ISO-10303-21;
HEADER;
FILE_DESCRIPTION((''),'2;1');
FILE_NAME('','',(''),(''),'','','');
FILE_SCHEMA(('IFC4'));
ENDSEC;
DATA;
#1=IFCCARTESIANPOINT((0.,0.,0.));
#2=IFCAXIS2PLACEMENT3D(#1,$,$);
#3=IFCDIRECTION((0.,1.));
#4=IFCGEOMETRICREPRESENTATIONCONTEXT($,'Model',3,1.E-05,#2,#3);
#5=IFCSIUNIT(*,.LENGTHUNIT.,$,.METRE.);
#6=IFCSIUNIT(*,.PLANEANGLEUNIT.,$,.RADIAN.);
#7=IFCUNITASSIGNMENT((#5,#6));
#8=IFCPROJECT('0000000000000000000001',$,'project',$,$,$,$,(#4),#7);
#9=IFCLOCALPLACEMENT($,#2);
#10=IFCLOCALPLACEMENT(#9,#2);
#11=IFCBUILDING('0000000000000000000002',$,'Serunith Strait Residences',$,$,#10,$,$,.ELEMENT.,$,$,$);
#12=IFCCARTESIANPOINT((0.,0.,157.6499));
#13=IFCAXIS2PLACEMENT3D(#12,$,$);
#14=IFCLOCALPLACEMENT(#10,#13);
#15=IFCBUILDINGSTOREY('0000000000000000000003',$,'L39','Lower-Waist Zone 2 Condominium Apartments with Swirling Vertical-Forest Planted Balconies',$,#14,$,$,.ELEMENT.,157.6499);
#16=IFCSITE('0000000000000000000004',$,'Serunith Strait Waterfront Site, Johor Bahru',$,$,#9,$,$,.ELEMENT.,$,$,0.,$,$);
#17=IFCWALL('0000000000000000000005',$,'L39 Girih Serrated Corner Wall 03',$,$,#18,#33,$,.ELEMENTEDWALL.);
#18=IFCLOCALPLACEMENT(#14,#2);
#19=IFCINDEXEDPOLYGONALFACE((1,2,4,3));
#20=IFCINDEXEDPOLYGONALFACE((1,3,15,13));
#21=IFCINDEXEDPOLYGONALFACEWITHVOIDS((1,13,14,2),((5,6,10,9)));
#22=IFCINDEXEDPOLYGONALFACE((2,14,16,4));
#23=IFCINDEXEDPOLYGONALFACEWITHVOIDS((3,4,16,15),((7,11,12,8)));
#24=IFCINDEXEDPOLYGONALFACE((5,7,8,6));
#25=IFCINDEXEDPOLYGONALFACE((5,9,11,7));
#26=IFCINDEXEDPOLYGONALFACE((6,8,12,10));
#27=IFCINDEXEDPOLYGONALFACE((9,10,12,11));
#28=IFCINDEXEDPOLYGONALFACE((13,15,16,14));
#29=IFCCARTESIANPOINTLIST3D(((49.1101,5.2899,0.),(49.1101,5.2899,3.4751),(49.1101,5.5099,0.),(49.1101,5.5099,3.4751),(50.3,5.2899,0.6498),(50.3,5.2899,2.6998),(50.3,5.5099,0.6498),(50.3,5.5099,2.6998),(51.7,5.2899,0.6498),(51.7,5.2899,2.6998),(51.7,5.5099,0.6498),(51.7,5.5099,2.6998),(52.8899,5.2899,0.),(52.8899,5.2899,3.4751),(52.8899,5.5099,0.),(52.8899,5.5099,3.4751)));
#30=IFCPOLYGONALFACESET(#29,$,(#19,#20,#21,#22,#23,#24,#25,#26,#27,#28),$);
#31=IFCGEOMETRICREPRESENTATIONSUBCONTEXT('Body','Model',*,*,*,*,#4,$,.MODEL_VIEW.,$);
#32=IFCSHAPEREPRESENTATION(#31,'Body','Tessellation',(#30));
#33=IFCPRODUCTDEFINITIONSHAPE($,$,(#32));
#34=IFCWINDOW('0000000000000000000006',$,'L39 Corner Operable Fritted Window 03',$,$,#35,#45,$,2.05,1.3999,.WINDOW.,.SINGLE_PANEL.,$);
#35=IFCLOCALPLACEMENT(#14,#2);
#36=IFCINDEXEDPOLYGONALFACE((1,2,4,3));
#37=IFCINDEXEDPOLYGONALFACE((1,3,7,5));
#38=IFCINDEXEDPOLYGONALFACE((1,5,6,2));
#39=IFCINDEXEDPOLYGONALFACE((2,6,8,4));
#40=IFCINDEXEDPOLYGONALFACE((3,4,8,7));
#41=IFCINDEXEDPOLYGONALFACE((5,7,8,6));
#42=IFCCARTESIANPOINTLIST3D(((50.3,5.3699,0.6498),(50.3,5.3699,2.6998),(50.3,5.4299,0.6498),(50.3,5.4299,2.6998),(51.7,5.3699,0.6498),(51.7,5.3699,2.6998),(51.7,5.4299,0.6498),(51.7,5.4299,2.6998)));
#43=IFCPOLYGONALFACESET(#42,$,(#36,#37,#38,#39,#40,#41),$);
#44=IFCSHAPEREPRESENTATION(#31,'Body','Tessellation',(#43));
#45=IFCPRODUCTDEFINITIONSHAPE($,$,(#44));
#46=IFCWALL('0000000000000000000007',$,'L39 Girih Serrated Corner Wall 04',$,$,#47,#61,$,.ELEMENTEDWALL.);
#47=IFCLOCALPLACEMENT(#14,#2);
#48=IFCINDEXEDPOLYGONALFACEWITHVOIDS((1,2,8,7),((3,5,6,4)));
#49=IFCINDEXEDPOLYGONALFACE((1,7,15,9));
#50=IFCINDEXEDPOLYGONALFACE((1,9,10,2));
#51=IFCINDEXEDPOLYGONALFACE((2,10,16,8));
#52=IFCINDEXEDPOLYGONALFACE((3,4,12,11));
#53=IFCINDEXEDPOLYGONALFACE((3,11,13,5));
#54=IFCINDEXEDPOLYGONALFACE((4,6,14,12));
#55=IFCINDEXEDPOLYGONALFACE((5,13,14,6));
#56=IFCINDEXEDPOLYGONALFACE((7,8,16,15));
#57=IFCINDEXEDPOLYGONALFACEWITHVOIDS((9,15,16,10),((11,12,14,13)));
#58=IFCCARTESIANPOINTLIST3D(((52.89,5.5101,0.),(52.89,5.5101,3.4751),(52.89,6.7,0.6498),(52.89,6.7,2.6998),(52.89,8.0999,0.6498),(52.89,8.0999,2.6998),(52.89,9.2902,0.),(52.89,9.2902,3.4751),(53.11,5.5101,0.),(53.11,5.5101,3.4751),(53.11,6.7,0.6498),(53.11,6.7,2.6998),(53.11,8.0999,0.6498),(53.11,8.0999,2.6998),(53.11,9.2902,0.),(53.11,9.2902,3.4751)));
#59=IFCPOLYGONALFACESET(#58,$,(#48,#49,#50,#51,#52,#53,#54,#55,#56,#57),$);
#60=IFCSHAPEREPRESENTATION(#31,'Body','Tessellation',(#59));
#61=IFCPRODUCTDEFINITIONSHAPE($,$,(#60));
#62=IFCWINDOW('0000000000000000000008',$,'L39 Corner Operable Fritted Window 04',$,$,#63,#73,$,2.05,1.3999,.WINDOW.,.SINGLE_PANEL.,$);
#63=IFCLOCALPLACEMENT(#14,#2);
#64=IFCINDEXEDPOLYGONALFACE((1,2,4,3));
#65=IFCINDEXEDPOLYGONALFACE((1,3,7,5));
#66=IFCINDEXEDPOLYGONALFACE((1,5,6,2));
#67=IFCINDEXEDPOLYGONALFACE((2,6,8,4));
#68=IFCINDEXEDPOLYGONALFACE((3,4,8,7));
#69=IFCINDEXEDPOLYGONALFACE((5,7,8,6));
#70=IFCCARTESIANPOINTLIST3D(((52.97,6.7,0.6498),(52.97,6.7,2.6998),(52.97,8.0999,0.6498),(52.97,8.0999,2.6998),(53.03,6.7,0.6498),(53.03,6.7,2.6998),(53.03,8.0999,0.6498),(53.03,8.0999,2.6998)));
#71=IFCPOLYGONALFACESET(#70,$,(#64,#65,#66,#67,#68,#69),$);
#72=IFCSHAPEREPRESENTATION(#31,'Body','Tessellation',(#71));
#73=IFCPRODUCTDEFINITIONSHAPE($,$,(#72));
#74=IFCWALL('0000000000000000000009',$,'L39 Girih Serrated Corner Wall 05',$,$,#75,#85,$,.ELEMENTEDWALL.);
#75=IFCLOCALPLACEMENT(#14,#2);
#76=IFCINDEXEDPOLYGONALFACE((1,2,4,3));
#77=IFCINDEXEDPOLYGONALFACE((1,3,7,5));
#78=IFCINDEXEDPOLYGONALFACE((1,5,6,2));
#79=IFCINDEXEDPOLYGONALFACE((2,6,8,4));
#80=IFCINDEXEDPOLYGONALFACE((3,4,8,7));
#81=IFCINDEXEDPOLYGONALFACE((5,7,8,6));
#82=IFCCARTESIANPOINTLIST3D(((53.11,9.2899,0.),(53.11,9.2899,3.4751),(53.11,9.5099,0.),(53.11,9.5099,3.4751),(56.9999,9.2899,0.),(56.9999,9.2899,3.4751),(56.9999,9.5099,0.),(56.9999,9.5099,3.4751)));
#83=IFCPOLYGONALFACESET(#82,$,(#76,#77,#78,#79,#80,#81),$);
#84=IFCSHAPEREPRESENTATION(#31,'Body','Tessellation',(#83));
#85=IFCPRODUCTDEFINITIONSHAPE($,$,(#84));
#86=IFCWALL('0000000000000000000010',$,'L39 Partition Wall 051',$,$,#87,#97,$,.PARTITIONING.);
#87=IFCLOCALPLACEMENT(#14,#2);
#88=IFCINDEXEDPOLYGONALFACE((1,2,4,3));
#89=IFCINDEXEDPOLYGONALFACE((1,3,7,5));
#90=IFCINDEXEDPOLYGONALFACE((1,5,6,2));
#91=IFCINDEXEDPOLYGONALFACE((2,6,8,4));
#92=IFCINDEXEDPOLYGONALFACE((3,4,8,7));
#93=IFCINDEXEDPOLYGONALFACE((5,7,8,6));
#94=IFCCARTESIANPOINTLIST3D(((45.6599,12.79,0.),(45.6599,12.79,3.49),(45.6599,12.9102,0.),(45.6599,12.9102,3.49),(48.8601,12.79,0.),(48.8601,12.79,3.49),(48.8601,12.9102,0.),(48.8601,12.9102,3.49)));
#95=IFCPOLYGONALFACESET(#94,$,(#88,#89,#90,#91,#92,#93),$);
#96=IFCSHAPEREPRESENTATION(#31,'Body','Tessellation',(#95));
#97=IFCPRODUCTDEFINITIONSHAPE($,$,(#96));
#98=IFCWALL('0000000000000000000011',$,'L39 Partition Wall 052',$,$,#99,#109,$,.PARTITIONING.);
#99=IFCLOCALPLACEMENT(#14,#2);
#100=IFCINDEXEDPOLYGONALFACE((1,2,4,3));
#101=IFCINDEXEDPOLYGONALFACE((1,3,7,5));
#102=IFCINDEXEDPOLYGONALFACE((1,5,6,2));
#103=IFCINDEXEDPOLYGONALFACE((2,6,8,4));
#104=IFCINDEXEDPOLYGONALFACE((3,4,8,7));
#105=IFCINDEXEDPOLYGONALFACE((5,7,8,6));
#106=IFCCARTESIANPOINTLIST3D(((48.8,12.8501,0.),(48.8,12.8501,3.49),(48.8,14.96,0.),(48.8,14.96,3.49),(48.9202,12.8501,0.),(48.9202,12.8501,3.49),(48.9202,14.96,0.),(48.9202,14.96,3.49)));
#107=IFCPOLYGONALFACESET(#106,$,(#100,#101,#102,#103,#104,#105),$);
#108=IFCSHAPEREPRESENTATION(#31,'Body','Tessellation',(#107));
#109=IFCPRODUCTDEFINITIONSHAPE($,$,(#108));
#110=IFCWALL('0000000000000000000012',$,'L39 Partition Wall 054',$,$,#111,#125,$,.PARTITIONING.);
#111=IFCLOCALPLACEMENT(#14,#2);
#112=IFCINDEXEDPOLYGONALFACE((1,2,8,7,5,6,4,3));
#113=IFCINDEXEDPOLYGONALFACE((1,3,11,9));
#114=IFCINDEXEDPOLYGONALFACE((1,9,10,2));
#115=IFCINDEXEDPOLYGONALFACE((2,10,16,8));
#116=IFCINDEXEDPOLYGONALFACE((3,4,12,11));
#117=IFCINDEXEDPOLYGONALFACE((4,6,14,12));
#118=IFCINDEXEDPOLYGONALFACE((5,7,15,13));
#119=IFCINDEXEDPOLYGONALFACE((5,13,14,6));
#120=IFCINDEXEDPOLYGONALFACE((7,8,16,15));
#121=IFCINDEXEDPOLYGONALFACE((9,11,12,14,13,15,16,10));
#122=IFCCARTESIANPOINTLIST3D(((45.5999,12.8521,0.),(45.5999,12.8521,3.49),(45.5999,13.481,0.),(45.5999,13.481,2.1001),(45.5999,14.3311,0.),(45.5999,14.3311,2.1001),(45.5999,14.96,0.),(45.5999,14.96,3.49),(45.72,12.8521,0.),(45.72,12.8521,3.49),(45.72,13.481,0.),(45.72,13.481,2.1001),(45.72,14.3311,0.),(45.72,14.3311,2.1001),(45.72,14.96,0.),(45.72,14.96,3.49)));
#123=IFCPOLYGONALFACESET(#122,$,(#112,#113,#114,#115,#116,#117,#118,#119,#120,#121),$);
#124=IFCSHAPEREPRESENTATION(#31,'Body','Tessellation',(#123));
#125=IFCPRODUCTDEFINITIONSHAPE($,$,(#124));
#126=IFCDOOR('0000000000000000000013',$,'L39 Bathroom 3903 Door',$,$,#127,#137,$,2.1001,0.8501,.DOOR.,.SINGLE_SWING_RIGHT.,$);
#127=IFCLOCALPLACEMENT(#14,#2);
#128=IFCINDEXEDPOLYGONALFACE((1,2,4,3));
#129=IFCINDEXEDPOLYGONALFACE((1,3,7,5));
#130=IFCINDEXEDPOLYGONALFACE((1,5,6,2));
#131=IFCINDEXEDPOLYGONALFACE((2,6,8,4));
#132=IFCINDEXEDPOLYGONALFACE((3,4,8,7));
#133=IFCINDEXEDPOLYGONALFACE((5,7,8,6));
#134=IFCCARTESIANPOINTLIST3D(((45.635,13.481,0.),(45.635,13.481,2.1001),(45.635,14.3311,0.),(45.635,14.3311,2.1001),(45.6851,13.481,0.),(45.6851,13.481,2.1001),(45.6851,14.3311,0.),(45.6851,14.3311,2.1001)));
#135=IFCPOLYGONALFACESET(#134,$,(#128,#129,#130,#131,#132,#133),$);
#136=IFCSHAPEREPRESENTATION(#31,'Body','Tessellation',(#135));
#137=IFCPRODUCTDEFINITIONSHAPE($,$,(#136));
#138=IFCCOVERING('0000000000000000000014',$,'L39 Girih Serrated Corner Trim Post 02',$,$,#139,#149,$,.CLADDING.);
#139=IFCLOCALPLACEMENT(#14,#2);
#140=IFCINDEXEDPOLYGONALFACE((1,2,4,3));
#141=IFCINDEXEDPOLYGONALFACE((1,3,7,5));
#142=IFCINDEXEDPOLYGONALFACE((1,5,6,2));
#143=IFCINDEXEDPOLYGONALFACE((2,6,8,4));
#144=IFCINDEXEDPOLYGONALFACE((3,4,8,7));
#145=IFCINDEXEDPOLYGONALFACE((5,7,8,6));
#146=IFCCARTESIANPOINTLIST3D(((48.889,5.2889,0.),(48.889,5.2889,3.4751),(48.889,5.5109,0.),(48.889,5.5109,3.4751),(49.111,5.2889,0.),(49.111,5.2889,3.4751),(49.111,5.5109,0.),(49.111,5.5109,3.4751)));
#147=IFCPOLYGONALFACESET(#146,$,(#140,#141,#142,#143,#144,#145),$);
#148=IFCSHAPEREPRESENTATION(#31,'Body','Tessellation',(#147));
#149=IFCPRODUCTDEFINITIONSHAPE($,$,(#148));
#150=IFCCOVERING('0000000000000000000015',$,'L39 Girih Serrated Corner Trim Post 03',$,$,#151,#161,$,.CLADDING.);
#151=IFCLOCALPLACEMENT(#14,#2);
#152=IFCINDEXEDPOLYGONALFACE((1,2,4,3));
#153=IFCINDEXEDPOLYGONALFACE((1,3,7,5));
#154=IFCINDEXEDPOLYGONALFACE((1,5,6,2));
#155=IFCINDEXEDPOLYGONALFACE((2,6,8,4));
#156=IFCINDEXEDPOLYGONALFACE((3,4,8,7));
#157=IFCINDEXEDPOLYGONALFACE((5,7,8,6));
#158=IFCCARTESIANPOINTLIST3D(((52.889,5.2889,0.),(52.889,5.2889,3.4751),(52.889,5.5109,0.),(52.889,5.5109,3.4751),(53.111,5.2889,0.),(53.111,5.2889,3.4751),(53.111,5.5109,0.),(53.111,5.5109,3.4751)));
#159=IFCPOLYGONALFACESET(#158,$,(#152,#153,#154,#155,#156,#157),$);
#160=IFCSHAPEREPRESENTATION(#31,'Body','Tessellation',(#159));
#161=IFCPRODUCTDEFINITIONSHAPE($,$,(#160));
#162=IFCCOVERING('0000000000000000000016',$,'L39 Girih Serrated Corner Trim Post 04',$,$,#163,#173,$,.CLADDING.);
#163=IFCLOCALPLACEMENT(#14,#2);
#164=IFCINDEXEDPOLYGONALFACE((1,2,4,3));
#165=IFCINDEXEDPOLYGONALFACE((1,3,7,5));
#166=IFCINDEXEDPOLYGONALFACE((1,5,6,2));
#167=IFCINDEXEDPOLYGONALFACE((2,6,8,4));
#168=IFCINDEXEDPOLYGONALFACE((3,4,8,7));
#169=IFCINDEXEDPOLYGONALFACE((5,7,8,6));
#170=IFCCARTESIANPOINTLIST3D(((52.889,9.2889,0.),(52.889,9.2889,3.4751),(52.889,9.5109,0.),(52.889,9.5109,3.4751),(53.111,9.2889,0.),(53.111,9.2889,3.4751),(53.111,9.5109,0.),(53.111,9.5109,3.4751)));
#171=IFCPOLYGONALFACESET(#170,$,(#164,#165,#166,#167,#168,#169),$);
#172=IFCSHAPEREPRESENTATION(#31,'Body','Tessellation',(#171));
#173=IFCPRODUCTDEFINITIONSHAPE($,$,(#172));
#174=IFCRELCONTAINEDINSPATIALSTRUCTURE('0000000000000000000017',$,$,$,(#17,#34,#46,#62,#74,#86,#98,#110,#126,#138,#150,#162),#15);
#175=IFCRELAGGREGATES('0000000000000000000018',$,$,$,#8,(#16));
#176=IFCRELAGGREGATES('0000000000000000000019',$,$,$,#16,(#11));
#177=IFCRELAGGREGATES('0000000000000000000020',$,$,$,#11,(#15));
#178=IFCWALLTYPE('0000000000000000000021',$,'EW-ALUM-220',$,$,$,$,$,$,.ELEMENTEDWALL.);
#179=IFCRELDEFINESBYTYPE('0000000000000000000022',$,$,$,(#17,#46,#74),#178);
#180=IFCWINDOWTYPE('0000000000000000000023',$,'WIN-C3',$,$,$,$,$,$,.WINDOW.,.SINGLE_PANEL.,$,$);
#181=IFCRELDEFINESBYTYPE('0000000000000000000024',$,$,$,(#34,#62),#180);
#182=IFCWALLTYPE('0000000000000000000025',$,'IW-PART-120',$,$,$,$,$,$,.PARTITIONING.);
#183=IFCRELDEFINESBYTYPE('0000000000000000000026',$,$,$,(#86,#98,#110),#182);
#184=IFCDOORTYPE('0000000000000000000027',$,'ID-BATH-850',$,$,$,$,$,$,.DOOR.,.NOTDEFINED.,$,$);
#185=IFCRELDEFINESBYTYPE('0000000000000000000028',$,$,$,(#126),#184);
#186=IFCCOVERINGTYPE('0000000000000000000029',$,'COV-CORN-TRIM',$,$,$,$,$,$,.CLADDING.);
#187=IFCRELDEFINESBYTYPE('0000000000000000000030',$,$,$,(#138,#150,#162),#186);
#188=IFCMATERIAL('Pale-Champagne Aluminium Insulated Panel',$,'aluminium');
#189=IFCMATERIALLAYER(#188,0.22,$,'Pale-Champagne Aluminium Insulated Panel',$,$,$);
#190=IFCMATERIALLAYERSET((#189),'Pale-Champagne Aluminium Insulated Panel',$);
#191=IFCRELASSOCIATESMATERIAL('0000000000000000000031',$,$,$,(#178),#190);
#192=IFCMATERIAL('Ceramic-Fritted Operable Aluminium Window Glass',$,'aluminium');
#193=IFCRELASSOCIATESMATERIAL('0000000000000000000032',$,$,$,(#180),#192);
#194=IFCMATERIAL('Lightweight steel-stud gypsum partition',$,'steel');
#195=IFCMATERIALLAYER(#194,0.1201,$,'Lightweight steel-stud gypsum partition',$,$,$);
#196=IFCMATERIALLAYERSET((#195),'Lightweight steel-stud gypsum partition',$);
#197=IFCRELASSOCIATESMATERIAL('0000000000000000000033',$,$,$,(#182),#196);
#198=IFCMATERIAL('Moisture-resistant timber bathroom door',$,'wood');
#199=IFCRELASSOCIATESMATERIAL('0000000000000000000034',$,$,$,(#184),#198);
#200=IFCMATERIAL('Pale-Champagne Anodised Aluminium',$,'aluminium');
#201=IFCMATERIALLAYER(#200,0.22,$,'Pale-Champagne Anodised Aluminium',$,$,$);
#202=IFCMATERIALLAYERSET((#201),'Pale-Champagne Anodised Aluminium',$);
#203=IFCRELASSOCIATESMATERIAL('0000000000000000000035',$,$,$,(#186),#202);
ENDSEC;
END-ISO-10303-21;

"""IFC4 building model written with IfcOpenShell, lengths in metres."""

from ifc_helpers import new_model, si_unit, direction, frame, frame_2d, origin, origin_2d, place, context, subcontext, project, spatial, rectangle, extrude, source, transform, mapped, material, layer, layer_set, type_object, element, fill, save


model = new_model("IFC4")

# Units and contexts
model_context = context("Model", 3, precision=1e-05, world=origin(), true_north=direction((0.0, 1.0)))
body_context = subcontext(model_context, "Body", "Model", "MODEL_VIEW")
ifc_project = project(units=[si_unit("LENGTHUNIT", "METRE"), si_unit("PLANEANGLEUNIT", "RADIAN")], contexts=[model_context])

# Site, building, storey
site_placement = place(None, origin())
site = spatial("IfcSite", under=ifc_project, at=site_placement, Name="Serunith Strait Waterfront Site, Johor Bahru", CompositionType="ELEMENT", RefElevation=0.0)
building_placement = place(site_placement, origin())
building = spatial("IfcBuilding", under=site, at=building_placement, Name="Serunith Strait Residences", CompositionType="ELEMENT")
storey_placement = place(building_placement, frame((0.0, 0.0, 157.6499)))
storey = spatial("IfcBuildingStorey", under=building, at=storey_placement, Name="L39", Description="Lower-Waist Zone 2 Condominium Apartments with Swirling Vertical-Forest Planted Balconies", CompositionType="ELEMENT", Elevation=157.6499)

# Shared definitions
ifc_material_1 = material(Name="Pale-Champagne Anodised Aluminium", Category="aluminium")

# Walls, openings, windows
ifc_material_2 = material(Name="Pale-Champagne Aluminium Insulated Panel", Category="aluminium")
ifc_layer_1 = layer(ifc_material_2, 0.22, Name="Pale-Champagne Aluminium Insulated Panel")
ifc_layer_set_1 = layer_set([ifc_layer_1], Name="Pale-Champagne Aluminium Insulated Panel")
wall_type_1 = type_object("IfcWallType", Name="EW-ALUM-220", PredefinedType="ELEMENTEDWALL", material=ifc_layer_set_1)
ifc_material_3 = material(Name="Ceramic-Fritted Operable Aluminium Window Glass", Category="aluminium")
window_type = type_object("IfcWindowType", Name="WIN-C3", PartitioningType="SINGLE_PANEL", PredefinedType="WINDOW", material=ifc_material_3)
shared_shape_1 = source(origin(), body_context, "Body", "SweptSolid", [
    extrude(rectangle(XDim=1.3999, YDim=2.05, at=frame_2d((0.7, 1.0249))), frame((0.0, 0.03, 0.0), z_axis=(0.0, -1.0, 0.0), x_axis=(1.0, 0.0, 0.0)), (0.0, 0.0, 1.0), 0.0601),
])
wall_1_placement = place(storey_placement, frame((49.1101, 5.3999, 0.0), z_axis=(0.0, 0.0, 1.0), x_axis=(1.0, 0.0, 0.0)))
wall_1 = element("IfcWall", 1, at=wall_1_placement, inside=storey, type_object=wall_type_1, Name="L39 Girih Serrated Corner Wall 03", PredefinedType="ELEMENTEDWALL", context=body_context, shape_type="SweptSolid", body=[
    extrude(rectangle(XDim=3.7798, YDim=0.22, at=frame_2d((1.8899, 0.0))), origin(), (0.0, 0.0, 1.0), 3.4751),
])
opening_1_placement = place(wall_1_placement, frame((1.1899, 0.0, 0.6499)))
opening_1 = element("IfcOpeningElement", 2, at=opening_1_placement, cuts=wall_1, PredefinedType="OPENING", context=body_context, shape_type="SweptSolid", body=[
    extrude(rectangle(XDim=1.3999, YDim=2.05, at=frame_2d((0.7, 1.0249))), frame((0.0, 0.1201, 0.0), z_axis=(0.0, -1.0, 0.0), x_axis=(1.0, 0.0, 0.0)), (0.0, 0.0, 1.0), 0.24),
])
window_1_placement = place(opening_1_placement, origin())
window_1 = element("IfcWindow", 3, at=window_1_placement, inside=storey, type_object=window_type, Name="L39 Corner Operable Fritted Window 03", OverallHeight=2.05, OverallWidth=1.3999, PartitioningType="SINGLE_PANEL", PredefinedType="WINDOW", context=body_context, shape_type="MappedRepresentation", body=[
    mapped(shared_shape_1, transform((0.0, 0.0, 0.0), scale=1.0)),
])
fill(opening_1, window_1)
wall_2_placement = place(storey_placement, frame((53.0, 5.51, 0.0), z_axis=(0.0, 0.0, 1.0), x_axis=(0.0, 1.0, 0.0)))
wall_2 = element("IfcWall", 4, at=wall_2_placement, inside=storey, type_object=wall_type_1, Name="L39 Girih Serrated Corner Wall 04", PredefinedType="ELEMENTEDWALL", context=body_context, shape_type="SweptSolid", body=[
    extrude(rectangle(XDim=3.78, YDim=0.22, at=frame_2d((1.8901, 0.0))), origin(), (0.0, 0.0, 1.0), 3.4751),
])
opening_2_placement = place(wall_2_placement, frame((1.1899, 0.0, 0.6499)))
opening_2 = element("IfcOpeningElement", 5, at=opening_2_placement, cuts=wall_2, PredefinedType="OPENING", context=body_context, shape_type="SweptSolid", body=[
    extrude(rectangle(XDim=1.3999, YDim=2.05, at=frame_2d((0.7, 1.0249))), frame((0.0, 0.1201, 0.0), z_axis=(0.0, -1.0, 0.0), x_axis=(1.0, 0.0, 0.0)), (0.0, 0.0, 1.0), 0.24),
])
window_2_placement = place(opening_2_placement, origin())
window_2 = element("IfcWindow", 6, at=window_2_placement, inside=storey, type_object=window_type, Name="L39 Corner Operable Fritted Window 04", OverallHeight=2.05, OverallWidth=1.3999, PartitioningType="SINGLE_PANEL", PredefinedType="WINDOW", context=body_context, shape_type="MappedRepresentation", body=[
    mapped(shared_shape_1, transform((0.0, 0.0, 0.0), scale=1.0)),
])
fill(opening_2, window_2)

# Walls
wall_3_placement = place(storey_placement, frame((53.1101, 9.3999, 0.0), z_axis=(0.0, 0.0, 1.0), x_axis=(1.0, 0.0, 0.0)))
element("IfcWall", 7, at=wall_3_placement, inside=storey, type_object=wall_type_1, Name="L39 Girih Serrated Corner Wall 05", PredefinedType="ELEMENTEDWALL", context=body_context, shape_type="SweptSolid", body=[
    extrude(rectangle(XDim=3.8899, YDim=0.22, at=frame_2d((1.9448, 0.0))), origin(), (0.0, 0.0, 1.0), 3.4751),
])
ifc_material_4 = material(Name="Lightweight steel-stud gypsum partition", Category="steel")
ifc_layer_2 = layer(ifc_material_4, 0.1201, Name="Lightweight steel-stud gypsum partition")
ifc_layer_set_2 = layer_set([ifc_layer_2], Name="Lightweight steel-stud gypsum partition")
wall_type_2 = type_object("IfcWallType", Name="IW-PART-120", PredefinedType="PARTITIONING", material=ifc_layer_set_2)
wall_4_placement = place(storey_placement, frame((45.6599, 12.8501, 0.0), z_axis=(0.0, 0.0, 1.0), x_axis=(1.0, 0.0, 0.0)))
element("IfcWall", 8, at=wall_4_placement, inside=storey, type_object=wall_type_2, Name="L39 Partition Wall 051", PredefinedType="PARTITIONING", context=body_context, shape_type="SweptSolid", body=[
    extrude(rectangle(XDim=3.2002, YDim=0.1201, at=frame_2d((1.6001, 0.0))), origin(), (0.0, 0.0, 1.0), 3.49),
])
wall_5_placement = place(storey_placement, frame((48.8601, 12.8501, 0.0), z_axis=(0.0, 0.0, 1.0), x_axis=(0.0, 1.0, 0.0)))
element("IfcWall", 9, at=wall_5_placement, inside=storey, type_object=wall_type_2, Name="L39 Partition Wall 052", PredefinedType="PARTITIONING", context=body_context, shape_type="SweptSolid", body=[
    extrude(rectangle(XDim=2.1099, YDim=0.1201, at=frame_2d((1.0549, 0.0))), origin(), (0.0, 0.0, 1.0), 3.49),
])

# Wall, opening, door
wall_6_placement = place(storey_placement, frame((45.6599, 12.8521, 0.0), z_axis=(0.0, 0.0, 1.0), x_axis=(0.0, 1.0, 0.0)))
wall_6 = element("IfcWall", 10, at=wall_6_placement, inside=storey, type_object=wall_type_2, Name="L39 Partition Wall 054", PredefinedType="PARTITIONING", context=body_context, shape_type="SweptSolid", body=[
    extrude(rectangle(XDim=2.1079, YDim=0.1201, at=frame_2d((1.054, 0.0))), origin(), (0.0, 0.0, 1.0), 3.49),
])
opening_3_placement = place(wall_6_placement, frame((0.6289, 0.0, 0.0)))
opening_3 = element("IfcOpeningElement", 11, at=opening_3_placement, cuts=wall_6, PredefinedType="OPENING", context=body_context, shape_type="SweptSolid", body=[
    extrude(rectangle(XDim=0.8501, YDim=2.1001, at=frame_2d((0.425, 1.05))), frame((0.0, 0.0701, 0.0), z_axis=(0.0, -1.0, 0.0), x_axis=(1.0, 0.0, 0.0)), (0.0, 0.0, 1.0), 0.1401),
])
ifc_material_5 = material(Name="Moisture-resistant timber bathroom door", Category="wood")
door_type = type_object("IfcDoorType", Name="ID-BATH-850", OperationType="NOTDEFINED", PredefinedType="DOOR", material=ifc_material_5)
shared_shape_2 = source(origin(), body_context, "Body", "SweptSolid", [
    extrude(rectangle(XDim=0.8501, YDim=2.1001, at=frame_2d((0.425, 1.05))), frame((0.0, 0.0249, 0.0), z_axis=(0.0, -1.0, 0.0), x_axis=(1.0, 0.0, 0.0)), (0.0, 0.0, 1.0), 0.05),
])
door_placement = place(opening_3_placement, origin())
door = element("IfcDoor", 12, at=door_placement, inside=storey, type_object=door_type, Name="L39 Bathroom 3903 Door", OperationType="SINGLE_SWING_RIGHT", OverallHeight=2.1001, OverallWidth=0.8501, PredefinedType="DOOR", context=body_context, shape_type="MappedRepresentation", body=[
    mapped(shared_shape_2, transform((0.0, 0.0, 0.0), scale=1.0)),
])
fill(opening_3, door)

# Coverings
ifc_layer_3 = layer(ifc_material_1, 0.22, Name="Pale-Champagne Anodised Aluminium")
ifc_layer_set_3 = layer_set([ifc_layer_3], Name="Pale-Champagne Anodised Aluminium")
covering_type = type_object("IfcCoveringType", Name="COV-CORN-TRIM", PredefinedType="CLADDING", material=ifc_layer_set_3)
shared_shape_3 = source(origin(), body_context, "Body", "SweptSolid", [
    extrude(rectangle(XDim=0.2219, YDim=0.2219, at=origin_2d()), origin(), (0.0, 0.0, 1.0), 3.4751),
])
for number, where, z_axis, x_axis, name in (
    (13, (49.0, 5.3999, 0.0), (0.0, 0.0, 1.0), (1.0, 0.0, 0.0), "L39 Girih Serrated Corner Trim Post 02"),
    (14, (53.0, 5.3999, 0.0), (0.0, 0.0, 1.0), (1.0, 0.0, 0.0), "L39 Girih Serrated Corner Trim Post 03"),
    (15, (53.0, 9.3999, 0.0), (0.0, 0.0, 1.0), (1.0, 0.0, 0.0), "L39 Girih Serrated Corner Trim Post 04"),
):
    element("IfcCovering", number, at=place(storey_placement, frame(where, z_axis=z_axis, x_axis=x_axis)), inside=storey, type_object=covering_type, Name=name, PredefinedType="CLADDING", context=body_context, shape_type="MappedRepresentation", body=[
        mapped(shared_shape_3, transform((0.0, 0.0, 0.0), scale=1.0)),
    ])

save(model, "model.ifc")
